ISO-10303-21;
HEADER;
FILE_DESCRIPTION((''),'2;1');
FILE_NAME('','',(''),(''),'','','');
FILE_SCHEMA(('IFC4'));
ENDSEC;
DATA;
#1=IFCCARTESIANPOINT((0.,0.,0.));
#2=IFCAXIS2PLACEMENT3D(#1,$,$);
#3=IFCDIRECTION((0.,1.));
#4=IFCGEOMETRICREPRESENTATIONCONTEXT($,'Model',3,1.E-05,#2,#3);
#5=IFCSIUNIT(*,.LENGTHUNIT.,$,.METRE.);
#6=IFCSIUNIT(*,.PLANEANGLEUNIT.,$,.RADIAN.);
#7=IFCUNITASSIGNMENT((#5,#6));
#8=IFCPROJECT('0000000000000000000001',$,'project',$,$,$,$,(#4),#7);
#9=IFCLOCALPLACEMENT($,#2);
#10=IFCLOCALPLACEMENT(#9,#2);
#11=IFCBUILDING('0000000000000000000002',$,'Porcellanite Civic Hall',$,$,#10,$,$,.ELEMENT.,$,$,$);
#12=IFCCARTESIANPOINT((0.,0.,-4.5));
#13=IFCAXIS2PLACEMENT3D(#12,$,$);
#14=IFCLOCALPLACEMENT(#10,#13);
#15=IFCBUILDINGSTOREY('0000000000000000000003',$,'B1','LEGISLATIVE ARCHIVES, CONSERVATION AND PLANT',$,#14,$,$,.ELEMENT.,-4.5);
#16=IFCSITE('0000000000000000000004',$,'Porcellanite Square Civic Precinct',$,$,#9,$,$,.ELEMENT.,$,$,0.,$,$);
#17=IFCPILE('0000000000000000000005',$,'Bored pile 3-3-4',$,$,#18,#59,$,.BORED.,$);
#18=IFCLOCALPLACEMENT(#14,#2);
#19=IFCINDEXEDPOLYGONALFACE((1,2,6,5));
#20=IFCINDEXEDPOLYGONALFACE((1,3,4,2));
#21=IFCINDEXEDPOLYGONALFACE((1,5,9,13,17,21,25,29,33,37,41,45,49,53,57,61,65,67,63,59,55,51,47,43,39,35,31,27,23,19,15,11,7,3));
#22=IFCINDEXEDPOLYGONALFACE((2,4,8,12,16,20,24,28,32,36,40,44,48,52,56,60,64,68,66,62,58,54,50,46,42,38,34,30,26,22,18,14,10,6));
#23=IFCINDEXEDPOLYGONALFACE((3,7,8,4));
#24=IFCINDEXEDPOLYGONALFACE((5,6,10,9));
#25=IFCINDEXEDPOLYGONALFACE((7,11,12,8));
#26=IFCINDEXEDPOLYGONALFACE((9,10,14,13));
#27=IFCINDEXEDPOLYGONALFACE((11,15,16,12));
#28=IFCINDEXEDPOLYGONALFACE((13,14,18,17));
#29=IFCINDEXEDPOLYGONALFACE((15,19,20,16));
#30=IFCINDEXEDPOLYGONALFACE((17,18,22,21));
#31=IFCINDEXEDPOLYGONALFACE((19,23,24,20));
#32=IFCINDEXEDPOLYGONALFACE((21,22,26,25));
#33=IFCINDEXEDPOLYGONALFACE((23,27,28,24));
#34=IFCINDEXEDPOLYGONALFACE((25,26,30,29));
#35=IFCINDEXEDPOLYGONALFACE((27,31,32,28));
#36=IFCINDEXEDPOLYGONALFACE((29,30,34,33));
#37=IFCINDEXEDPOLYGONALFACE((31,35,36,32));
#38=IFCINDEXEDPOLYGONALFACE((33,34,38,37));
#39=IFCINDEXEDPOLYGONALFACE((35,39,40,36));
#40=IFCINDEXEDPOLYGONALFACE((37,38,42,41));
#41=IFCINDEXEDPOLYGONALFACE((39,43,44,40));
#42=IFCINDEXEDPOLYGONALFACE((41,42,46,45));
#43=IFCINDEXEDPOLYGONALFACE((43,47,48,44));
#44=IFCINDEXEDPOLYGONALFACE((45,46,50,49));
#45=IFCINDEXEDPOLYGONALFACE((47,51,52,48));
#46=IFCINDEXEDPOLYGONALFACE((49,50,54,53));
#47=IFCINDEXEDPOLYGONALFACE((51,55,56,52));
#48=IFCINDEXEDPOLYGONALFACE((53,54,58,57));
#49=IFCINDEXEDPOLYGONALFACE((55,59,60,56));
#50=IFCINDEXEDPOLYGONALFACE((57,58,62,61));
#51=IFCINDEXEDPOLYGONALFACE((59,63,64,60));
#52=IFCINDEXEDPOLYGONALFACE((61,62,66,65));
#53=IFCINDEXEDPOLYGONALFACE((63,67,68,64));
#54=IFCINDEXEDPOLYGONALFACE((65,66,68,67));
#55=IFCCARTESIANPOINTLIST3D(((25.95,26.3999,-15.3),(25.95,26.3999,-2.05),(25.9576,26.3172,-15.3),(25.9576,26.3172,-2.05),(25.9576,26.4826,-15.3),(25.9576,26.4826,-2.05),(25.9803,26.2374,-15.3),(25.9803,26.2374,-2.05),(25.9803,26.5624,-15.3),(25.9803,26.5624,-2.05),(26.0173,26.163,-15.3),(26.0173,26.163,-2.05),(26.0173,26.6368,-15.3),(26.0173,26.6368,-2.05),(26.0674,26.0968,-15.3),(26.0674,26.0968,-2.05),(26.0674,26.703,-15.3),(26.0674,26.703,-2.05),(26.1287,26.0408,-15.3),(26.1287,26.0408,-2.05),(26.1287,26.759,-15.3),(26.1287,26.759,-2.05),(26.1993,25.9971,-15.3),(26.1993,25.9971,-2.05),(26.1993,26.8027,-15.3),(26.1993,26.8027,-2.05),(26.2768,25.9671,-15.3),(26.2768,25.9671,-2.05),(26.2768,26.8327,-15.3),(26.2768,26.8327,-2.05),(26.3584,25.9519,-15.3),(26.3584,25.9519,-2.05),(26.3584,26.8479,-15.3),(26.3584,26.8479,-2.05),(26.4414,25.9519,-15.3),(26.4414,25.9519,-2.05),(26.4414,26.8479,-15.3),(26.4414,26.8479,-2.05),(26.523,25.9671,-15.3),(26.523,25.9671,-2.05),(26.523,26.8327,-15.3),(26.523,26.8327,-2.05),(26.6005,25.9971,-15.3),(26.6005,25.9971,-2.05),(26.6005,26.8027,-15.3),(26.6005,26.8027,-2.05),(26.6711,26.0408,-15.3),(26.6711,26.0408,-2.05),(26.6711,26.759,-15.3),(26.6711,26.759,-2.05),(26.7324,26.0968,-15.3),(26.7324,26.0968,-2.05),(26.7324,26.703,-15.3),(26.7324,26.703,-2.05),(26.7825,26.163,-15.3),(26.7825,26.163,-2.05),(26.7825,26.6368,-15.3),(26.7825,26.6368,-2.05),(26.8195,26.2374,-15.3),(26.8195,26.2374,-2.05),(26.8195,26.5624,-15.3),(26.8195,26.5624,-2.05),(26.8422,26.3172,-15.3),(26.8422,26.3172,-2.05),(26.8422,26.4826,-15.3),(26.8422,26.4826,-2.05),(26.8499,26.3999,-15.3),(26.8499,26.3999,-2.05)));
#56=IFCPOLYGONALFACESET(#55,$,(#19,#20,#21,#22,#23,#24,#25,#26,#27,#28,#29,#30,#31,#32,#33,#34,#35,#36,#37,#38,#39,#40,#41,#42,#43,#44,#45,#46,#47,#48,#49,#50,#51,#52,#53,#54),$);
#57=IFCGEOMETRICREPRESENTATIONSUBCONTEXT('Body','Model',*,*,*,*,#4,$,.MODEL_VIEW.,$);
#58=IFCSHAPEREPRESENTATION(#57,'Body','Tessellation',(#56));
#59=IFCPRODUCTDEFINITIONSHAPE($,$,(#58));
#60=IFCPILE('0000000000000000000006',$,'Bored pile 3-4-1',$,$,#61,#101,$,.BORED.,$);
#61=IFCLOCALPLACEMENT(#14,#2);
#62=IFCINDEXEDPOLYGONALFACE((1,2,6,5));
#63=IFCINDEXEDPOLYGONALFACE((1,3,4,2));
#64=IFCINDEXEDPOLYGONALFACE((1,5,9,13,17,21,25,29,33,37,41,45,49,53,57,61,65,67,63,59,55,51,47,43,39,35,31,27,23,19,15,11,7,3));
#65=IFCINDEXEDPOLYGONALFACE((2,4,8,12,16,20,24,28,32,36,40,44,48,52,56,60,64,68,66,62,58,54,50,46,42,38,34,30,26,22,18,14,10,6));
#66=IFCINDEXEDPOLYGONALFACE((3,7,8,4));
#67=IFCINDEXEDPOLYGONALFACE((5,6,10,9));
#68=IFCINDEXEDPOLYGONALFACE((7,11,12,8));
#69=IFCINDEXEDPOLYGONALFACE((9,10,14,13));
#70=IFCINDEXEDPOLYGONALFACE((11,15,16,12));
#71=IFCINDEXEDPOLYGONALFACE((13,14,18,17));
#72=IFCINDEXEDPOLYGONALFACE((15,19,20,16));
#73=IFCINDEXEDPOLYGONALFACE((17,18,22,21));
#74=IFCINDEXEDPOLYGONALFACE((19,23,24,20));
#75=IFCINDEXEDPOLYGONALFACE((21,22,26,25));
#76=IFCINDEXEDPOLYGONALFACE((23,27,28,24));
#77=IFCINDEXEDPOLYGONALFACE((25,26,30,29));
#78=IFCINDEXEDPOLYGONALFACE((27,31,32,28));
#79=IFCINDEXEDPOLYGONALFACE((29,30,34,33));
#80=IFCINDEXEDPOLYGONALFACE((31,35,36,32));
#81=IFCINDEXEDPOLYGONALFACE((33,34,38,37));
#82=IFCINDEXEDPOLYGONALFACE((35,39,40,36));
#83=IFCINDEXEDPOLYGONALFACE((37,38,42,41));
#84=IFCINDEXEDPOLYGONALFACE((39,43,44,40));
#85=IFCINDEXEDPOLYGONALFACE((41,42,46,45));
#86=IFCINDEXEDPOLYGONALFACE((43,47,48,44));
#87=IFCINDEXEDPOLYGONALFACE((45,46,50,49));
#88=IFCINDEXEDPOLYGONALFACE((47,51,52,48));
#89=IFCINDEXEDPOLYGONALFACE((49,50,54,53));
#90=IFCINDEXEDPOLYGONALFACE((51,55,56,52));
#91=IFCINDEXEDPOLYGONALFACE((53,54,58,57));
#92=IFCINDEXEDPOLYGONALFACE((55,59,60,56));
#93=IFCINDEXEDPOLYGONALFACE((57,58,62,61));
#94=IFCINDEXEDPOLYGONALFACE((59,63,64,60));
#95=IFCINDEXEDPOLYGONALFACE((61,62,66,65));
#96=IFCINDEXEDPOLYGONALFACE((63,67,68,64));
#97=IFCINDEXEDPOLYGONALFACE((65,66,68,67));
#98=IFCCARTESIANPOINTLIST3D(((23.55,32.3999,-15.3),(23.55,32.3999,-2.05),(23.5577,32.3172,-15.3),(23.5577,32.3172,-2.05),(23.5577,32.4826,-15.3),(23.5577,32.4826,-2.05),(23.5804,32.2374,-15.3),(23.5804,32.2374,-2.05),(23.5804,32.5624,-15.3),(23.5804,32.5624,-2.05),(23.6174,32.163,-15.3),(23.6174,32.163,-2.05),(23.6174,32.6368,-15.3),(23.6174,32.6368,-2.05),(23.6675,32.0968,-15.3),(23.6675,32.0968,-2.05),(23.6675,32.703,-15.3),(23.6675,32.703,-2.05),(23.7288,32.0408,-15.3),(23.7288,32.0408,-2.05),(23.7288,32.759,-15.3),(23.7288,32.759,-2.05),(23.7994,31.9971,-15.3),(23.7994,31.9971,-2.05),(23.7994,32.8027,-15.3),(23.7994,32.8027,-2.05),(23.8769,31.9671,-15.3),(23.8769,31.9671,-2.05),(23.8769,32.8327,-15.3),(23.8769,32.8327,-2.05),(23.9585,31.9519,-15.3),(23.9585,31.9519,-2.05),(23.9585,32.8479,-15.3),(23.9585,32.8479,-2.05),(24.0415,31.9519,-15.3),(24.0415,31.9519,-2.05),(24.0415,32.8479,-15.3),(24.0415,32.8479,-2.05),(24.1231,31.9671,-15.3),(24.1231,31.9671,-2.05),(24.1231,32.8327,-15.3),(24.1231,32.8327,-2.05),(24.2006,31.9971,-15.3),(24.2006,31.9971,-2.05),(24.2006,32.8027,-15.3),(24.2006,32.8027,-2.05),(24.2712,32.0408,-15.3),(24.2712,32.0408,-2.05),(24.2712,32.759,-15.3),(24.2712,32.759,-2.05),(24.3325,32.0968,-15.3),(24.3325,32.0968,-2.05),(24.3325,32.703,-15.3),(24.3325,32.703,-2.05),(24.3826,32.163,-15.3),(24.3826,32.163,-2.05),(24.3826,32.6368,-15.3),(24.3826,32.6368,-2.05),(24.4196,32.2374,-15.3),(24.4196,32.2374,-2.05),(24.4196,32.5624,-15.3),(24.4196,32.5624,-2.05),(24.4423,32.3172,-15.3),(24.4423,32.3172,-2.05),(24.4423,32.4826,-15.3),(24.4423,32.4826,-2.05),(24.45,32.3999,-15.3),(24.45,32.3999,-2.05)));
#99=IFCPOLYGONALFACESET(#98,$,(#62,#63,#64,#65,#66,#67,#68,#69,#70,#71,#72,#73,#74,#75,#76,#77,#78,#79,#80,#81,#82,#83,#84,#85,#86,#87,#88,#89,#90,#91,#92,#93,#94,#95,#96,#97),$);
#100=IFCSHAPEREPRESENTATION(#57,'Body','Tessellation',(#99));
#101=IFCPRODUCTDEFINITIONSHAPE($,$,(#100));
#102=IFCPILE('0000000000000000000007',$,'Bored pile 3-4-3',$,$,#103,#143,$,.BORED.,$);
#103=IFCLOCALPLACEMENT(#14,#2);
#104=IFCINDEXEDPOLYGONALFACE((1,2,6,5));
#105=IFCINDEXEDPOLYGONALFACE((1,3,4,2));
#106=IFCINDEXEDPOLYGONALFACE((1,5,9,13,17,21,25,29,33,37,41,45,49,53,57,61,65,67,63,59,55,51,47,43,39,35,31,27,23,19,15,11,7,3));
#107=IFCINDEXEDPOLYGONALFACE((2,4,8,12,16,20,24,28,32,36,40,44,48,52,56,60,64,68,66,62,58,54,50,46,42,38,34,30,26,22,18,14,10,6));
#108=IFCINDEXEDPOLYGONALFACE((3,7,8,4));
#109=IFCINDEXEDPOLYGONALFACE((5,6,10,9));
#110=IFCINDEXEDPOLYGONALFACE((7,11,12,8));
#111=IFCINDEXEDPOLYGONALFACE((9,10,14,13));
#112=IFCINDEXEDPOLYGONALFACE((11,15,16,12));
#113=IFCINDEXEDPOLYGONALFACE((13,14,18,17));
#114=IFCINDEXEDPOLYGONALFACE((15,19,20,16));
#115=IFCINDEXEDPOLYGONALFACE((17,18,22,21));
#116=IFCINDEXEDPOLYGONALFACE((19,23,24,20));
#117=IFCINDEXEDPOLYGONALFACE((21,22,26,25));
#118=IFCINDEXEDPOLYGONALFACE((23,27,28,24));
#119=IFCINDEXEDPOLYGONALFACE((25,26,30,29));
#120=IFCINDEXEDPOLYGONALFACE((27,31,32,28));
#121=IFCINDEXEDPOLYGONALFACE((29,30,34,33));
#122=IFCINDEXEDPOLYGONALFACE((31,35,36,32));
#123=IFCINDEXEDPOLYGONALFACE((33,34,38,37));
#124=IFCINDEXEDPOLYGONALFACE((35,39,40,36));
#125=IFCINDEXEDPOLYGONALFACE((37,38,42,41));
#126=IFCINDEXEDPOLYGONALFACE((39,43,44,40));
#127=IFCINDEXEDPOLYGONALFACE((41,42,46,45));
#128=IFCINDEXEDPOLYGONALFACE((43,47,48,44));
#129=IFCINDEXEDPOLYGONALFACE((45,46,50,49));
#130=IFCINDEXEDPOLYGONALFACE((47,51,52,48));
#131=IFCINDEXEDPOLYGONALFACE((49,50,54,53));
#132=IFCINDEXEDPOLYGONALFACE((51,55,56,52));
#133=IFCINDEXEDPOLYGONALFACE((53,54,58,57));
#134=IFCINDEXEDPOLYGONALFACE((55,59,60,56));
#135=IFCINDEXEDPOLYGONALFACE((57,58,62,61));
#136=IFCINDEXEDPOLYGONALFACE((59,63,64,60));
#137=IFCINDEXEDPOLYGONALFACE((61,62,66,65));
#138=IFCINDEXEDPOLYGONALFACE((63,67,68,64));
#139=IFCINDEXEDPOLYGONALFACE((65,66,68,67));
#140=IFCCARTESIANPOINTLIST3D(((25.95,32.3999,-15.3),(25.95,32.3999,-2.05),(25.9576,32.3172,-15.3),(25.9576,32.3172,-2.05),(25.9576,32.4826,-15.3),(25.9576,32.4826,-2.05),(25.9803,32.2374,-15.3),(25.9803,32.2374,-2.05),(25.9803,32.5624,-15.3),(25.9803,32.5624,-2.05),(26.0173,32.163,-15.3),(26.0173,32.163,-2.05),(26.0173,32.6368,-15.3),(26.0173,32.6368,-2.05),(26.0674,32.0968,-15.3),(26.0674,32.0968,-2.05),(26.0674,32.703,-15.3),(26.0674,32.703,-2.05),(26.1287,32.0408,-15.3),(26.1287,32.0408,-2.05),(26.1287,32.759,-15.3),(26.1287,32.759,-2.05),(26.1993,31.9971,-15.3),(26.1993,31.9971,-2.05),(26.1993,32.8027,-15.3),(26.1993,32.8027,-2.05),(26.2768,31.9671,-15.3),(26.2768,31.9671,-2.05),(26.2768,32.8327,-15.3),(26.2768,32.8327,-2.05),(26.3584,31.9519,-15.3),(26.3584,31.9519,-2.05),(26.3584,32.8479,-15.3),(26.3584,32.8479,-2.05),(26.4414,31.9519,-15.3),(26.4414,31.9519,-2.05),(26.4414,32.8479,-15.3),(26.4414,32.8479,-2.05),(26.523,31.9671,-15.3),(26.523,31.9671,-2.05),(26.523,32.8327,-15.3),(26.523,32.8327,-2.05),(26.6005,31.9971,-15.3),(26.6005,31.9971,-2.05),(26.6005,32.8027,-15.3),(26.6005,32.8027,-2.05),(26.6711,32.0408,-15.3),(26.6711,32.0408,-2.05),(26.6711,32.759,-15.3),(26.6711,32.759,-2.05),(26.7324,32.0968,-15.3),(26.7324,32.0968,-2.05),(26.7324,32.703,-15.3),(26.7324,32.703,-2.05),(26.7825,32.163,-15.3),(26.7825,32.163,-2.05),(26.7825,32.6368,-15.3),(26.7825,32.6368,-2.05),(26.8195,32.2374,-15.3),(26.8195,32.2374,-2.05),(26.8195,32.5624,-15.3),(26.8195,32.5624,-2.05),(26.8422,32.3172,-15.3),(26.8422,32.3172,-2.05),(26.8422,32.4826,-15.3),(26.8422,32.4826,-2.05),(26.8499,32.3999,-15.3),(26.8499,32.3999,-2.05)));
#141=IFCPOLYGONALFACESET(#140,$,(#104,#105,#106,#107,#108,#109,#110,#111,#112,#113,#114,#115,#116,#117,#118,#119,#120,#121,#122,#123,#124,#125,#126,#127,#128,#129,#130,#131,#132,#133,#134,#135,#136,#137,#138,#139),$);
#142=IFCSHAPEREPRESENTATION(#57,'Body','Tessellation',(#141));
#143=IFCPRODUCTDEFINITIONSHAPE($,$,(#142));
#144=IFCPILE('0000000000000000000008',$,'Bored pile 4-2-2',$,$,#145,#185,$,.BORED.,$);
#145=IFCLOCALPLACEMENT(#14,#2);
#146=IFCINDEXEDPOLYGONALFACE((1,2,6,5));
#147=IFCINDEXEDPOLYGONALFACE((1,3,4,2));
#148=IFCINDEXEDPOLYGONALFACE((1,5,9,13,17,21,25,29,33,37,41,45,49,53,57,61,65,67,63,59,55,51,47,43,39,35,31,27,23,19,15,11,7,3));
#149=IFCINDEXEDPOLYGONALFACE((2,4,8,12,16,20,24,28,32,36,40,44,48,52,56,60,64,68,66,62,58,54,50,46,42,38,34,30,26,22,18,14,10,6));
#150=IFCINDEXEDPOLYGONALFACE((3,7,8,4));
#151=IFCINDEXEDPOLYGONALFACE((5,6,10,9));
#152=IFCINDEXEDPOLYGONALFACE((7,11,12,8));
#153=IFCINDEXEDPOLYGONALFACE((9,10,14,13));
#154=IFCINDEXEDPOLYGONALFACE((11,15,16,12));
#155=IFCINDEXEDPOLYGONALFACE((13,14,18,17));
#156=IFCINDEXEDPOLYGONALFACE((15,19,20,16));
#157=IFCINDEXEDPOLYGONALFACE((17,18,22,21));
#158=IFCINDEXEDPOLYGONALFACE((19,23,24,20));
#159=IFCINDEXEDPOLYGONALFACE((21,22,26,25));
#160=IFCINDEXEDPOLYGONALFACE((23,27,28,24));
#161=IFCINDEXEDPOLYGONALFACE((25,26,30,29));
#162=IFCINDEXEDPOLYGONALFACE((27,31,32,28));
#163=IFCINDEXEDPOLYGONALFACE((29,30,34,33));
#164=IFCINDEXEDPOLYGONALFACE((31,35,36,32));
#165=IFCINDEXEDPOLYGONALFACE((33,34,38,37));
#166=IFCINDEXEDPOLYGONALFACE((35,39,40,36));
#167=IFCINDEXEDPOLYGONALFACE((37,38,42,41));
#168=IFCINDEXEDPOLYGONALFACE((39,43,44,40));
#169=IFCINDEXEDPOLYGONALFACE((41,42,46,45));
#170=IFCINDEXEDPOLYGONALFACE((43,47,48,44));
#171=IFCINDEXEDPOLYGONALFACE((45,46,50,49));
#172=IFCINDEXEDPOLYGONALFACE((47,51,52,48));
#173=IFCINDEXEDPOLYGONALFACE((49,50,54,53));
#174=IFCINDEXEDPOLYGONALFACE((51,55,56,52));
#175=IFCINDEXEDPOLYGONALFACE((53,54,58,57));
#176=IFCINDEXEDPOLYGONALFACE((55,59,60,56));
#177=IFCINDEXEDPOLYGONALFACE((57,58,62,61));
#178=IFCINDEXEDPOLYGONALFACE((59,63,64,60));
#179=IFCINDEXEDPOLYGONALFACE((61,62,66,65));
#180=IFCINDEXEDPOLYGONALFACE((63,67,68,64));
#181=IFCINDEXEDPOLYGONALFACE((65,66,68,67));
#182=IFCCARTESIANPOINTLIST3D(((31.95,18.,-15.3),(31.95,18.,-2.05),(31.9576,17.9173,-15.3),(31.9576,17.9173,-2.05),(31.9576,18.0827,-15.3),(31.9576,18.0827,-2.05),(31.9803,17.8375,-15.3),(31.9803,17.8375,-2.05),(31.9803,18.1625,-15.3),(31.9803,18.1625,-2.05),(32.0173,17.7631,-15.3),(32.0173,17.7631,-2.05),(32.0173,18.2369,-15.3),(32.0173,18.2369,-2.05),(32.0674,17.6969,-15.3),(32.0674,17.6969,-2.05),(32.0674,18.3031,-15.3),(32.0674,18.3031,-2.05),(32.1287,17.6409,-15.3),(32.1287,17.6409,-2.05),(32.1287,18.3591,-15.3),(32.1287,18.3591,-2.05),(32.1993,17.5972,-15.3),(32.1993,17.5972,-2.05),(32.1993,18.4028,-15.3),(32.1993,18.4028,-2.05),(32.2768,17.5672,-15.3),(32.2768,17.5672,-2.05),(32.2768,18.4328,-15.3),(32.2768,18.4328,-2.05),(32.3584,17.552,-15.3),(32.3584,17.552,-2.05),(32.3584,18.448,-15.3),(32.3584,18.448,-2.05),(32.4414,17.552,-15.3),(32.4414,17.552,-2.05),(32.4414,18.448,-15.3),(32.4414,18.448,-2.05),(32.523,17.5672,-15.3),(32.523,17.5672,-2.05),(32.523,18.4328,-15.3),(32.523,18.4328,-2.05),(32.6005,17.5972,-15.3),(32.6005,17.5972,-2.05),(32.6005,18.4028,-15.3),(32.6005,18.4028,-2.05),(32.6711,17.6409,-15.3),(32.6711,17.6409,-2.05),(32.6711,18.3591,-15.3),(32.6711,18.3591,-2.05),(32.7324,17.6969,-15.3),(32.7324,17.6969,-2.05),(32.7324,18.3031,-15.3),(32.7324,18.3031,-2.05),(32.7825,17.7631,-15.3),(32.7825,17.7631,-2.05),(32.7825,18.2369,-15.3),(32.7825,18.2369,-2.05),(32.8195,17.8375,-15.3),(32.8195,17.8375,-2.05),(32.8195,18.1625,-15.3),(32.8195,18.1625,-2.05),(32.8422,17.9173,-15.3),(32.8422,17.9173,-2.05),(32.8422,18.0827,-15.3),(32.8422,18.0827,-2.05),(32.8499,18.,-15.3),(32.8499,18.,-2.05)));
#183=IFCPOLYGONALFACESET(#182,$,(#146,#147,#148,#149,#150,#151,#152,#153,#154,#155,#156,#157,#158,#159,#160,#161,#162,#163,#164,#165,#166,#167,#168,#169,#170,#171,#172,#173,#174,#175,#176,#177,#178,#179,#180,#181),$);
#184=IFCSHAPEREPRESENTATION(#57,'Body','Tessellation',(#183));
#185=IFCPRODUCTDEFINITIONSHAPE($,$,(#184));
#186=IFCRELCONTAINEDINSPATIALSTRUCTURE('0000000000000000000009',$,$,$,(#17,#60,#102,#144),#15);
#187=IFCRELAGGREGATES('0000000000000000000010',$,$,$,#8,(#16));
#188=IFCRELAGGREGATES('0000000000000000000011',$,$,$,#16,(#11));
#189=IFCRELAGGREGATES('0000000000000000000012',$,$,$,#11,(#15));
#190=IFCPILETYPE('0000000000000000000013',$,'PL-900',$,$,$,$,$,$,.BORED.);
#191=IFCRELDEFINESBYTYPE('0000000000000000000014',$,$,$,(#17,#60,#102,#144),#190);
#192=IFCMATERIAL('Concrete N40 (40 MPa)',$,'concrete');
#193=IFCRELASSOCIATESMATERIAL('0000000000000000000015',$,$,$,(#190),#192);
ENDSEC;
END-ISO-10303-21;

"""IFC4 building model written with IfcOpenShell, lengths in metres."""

from ifc_helpers import new_model, si_unit, direction, frame, origin, origin_2d, place, context, subcontext, project, spatial, circle, extrude, material, material_profile, profile_set, type_object, element, save


model = new_model("IFC4")

# Units and contexts
model_context = context("Model", 3, precision=1e-05, world=origin(), true_north=direction((0.0, 1.0)))
body_context = subcontext(model_context, "Body", "Model", "MODEL_VIEW")
ifc_project = project(units=[si_unit("LENGTHUNIT", "METRE"), si_unit("PLANEANGLEUNIT", "RADIAN")], contexts=[model_context])

# Site, building, storey
site_placement = place(None, origin())
site = spatial("IfcSite", under=ifc_project, at=site_placement, Name="Porcellanite Square Civic Precinct", CompositionType="ELEMENT", RefElevation=0.0)
building_placement = place(site_placement, origin())
building = spatial("IfcBuilding", under=site, at=building_placement, Name="Porcellanite Civic Hall", CompositionType="ELEMENT")
storey_placement = place(building_placement, frame((0.0, 0.0, -4.5)))
storey = spatial("IfcBuildingStorey", under=building, at=storey_placement, Name="B1", Description="LEGISLATIVE ARCHIVES, CONSERVATION AND PLANT", CompositionType="ELEMENT", Elevation=-4.5)

# Piles
ifc_material_1 = material(Name="Concrete N40 (40 MPa)", Category="concrete")
ifc_material_profile_1 = material_profile(ifc_material_1, circle(Radius=0.45, at=origin_2d()), Name="PILE-D900")
ifc_profile_set_1 = profile_set([ifc_material_profile_1], Name="Concrete N40 (40 MPa)")
pile_type = type_object("IfcPileType", Name="PL-900", PredefinedType="BORED", material=ifc_profile_set_1)
for number, where, z_axis, x_axis, name in (
    (1, (26.3999, 26.3999, -2.05), (0.0, 0.0, -1.0), (1.0, 0.0, 0.0), "Bored pile 3-3-4"),
    (2, (24.0, 32.3999, -2.05), (0.0, 0.0, -1.0), (1.0, 0.0, 0.0), "Bored pile 3-4-1"),
    (3, (26.3999, 32.3999, -2.05), (0.0, 0.0, -1.0), (1.0, 0.0, 0.0), "Bored pile 3-4-3"),
    (4, (32.3999, 18.0, -2.05), (0.0, 0.0, -1.0), (1.0, 0.0, 0.0), "Bored pile 4-2-2"),
):
    element("IfcPile", number, at=place(storey_placement, frame(where, z_axis=z_axis, x_axis=x_axis)), inside=storey, type_object=pile_type, Name=name, PredefinedType="BORED", context=body_context, shape_type="SweptSolid", body=[
        extrude(circle(Radius=0.45, at=origin_2d()), origin(), (0.0, 0.0, 1.0), 13.25),
    ])

save(model, "model.ifc")
